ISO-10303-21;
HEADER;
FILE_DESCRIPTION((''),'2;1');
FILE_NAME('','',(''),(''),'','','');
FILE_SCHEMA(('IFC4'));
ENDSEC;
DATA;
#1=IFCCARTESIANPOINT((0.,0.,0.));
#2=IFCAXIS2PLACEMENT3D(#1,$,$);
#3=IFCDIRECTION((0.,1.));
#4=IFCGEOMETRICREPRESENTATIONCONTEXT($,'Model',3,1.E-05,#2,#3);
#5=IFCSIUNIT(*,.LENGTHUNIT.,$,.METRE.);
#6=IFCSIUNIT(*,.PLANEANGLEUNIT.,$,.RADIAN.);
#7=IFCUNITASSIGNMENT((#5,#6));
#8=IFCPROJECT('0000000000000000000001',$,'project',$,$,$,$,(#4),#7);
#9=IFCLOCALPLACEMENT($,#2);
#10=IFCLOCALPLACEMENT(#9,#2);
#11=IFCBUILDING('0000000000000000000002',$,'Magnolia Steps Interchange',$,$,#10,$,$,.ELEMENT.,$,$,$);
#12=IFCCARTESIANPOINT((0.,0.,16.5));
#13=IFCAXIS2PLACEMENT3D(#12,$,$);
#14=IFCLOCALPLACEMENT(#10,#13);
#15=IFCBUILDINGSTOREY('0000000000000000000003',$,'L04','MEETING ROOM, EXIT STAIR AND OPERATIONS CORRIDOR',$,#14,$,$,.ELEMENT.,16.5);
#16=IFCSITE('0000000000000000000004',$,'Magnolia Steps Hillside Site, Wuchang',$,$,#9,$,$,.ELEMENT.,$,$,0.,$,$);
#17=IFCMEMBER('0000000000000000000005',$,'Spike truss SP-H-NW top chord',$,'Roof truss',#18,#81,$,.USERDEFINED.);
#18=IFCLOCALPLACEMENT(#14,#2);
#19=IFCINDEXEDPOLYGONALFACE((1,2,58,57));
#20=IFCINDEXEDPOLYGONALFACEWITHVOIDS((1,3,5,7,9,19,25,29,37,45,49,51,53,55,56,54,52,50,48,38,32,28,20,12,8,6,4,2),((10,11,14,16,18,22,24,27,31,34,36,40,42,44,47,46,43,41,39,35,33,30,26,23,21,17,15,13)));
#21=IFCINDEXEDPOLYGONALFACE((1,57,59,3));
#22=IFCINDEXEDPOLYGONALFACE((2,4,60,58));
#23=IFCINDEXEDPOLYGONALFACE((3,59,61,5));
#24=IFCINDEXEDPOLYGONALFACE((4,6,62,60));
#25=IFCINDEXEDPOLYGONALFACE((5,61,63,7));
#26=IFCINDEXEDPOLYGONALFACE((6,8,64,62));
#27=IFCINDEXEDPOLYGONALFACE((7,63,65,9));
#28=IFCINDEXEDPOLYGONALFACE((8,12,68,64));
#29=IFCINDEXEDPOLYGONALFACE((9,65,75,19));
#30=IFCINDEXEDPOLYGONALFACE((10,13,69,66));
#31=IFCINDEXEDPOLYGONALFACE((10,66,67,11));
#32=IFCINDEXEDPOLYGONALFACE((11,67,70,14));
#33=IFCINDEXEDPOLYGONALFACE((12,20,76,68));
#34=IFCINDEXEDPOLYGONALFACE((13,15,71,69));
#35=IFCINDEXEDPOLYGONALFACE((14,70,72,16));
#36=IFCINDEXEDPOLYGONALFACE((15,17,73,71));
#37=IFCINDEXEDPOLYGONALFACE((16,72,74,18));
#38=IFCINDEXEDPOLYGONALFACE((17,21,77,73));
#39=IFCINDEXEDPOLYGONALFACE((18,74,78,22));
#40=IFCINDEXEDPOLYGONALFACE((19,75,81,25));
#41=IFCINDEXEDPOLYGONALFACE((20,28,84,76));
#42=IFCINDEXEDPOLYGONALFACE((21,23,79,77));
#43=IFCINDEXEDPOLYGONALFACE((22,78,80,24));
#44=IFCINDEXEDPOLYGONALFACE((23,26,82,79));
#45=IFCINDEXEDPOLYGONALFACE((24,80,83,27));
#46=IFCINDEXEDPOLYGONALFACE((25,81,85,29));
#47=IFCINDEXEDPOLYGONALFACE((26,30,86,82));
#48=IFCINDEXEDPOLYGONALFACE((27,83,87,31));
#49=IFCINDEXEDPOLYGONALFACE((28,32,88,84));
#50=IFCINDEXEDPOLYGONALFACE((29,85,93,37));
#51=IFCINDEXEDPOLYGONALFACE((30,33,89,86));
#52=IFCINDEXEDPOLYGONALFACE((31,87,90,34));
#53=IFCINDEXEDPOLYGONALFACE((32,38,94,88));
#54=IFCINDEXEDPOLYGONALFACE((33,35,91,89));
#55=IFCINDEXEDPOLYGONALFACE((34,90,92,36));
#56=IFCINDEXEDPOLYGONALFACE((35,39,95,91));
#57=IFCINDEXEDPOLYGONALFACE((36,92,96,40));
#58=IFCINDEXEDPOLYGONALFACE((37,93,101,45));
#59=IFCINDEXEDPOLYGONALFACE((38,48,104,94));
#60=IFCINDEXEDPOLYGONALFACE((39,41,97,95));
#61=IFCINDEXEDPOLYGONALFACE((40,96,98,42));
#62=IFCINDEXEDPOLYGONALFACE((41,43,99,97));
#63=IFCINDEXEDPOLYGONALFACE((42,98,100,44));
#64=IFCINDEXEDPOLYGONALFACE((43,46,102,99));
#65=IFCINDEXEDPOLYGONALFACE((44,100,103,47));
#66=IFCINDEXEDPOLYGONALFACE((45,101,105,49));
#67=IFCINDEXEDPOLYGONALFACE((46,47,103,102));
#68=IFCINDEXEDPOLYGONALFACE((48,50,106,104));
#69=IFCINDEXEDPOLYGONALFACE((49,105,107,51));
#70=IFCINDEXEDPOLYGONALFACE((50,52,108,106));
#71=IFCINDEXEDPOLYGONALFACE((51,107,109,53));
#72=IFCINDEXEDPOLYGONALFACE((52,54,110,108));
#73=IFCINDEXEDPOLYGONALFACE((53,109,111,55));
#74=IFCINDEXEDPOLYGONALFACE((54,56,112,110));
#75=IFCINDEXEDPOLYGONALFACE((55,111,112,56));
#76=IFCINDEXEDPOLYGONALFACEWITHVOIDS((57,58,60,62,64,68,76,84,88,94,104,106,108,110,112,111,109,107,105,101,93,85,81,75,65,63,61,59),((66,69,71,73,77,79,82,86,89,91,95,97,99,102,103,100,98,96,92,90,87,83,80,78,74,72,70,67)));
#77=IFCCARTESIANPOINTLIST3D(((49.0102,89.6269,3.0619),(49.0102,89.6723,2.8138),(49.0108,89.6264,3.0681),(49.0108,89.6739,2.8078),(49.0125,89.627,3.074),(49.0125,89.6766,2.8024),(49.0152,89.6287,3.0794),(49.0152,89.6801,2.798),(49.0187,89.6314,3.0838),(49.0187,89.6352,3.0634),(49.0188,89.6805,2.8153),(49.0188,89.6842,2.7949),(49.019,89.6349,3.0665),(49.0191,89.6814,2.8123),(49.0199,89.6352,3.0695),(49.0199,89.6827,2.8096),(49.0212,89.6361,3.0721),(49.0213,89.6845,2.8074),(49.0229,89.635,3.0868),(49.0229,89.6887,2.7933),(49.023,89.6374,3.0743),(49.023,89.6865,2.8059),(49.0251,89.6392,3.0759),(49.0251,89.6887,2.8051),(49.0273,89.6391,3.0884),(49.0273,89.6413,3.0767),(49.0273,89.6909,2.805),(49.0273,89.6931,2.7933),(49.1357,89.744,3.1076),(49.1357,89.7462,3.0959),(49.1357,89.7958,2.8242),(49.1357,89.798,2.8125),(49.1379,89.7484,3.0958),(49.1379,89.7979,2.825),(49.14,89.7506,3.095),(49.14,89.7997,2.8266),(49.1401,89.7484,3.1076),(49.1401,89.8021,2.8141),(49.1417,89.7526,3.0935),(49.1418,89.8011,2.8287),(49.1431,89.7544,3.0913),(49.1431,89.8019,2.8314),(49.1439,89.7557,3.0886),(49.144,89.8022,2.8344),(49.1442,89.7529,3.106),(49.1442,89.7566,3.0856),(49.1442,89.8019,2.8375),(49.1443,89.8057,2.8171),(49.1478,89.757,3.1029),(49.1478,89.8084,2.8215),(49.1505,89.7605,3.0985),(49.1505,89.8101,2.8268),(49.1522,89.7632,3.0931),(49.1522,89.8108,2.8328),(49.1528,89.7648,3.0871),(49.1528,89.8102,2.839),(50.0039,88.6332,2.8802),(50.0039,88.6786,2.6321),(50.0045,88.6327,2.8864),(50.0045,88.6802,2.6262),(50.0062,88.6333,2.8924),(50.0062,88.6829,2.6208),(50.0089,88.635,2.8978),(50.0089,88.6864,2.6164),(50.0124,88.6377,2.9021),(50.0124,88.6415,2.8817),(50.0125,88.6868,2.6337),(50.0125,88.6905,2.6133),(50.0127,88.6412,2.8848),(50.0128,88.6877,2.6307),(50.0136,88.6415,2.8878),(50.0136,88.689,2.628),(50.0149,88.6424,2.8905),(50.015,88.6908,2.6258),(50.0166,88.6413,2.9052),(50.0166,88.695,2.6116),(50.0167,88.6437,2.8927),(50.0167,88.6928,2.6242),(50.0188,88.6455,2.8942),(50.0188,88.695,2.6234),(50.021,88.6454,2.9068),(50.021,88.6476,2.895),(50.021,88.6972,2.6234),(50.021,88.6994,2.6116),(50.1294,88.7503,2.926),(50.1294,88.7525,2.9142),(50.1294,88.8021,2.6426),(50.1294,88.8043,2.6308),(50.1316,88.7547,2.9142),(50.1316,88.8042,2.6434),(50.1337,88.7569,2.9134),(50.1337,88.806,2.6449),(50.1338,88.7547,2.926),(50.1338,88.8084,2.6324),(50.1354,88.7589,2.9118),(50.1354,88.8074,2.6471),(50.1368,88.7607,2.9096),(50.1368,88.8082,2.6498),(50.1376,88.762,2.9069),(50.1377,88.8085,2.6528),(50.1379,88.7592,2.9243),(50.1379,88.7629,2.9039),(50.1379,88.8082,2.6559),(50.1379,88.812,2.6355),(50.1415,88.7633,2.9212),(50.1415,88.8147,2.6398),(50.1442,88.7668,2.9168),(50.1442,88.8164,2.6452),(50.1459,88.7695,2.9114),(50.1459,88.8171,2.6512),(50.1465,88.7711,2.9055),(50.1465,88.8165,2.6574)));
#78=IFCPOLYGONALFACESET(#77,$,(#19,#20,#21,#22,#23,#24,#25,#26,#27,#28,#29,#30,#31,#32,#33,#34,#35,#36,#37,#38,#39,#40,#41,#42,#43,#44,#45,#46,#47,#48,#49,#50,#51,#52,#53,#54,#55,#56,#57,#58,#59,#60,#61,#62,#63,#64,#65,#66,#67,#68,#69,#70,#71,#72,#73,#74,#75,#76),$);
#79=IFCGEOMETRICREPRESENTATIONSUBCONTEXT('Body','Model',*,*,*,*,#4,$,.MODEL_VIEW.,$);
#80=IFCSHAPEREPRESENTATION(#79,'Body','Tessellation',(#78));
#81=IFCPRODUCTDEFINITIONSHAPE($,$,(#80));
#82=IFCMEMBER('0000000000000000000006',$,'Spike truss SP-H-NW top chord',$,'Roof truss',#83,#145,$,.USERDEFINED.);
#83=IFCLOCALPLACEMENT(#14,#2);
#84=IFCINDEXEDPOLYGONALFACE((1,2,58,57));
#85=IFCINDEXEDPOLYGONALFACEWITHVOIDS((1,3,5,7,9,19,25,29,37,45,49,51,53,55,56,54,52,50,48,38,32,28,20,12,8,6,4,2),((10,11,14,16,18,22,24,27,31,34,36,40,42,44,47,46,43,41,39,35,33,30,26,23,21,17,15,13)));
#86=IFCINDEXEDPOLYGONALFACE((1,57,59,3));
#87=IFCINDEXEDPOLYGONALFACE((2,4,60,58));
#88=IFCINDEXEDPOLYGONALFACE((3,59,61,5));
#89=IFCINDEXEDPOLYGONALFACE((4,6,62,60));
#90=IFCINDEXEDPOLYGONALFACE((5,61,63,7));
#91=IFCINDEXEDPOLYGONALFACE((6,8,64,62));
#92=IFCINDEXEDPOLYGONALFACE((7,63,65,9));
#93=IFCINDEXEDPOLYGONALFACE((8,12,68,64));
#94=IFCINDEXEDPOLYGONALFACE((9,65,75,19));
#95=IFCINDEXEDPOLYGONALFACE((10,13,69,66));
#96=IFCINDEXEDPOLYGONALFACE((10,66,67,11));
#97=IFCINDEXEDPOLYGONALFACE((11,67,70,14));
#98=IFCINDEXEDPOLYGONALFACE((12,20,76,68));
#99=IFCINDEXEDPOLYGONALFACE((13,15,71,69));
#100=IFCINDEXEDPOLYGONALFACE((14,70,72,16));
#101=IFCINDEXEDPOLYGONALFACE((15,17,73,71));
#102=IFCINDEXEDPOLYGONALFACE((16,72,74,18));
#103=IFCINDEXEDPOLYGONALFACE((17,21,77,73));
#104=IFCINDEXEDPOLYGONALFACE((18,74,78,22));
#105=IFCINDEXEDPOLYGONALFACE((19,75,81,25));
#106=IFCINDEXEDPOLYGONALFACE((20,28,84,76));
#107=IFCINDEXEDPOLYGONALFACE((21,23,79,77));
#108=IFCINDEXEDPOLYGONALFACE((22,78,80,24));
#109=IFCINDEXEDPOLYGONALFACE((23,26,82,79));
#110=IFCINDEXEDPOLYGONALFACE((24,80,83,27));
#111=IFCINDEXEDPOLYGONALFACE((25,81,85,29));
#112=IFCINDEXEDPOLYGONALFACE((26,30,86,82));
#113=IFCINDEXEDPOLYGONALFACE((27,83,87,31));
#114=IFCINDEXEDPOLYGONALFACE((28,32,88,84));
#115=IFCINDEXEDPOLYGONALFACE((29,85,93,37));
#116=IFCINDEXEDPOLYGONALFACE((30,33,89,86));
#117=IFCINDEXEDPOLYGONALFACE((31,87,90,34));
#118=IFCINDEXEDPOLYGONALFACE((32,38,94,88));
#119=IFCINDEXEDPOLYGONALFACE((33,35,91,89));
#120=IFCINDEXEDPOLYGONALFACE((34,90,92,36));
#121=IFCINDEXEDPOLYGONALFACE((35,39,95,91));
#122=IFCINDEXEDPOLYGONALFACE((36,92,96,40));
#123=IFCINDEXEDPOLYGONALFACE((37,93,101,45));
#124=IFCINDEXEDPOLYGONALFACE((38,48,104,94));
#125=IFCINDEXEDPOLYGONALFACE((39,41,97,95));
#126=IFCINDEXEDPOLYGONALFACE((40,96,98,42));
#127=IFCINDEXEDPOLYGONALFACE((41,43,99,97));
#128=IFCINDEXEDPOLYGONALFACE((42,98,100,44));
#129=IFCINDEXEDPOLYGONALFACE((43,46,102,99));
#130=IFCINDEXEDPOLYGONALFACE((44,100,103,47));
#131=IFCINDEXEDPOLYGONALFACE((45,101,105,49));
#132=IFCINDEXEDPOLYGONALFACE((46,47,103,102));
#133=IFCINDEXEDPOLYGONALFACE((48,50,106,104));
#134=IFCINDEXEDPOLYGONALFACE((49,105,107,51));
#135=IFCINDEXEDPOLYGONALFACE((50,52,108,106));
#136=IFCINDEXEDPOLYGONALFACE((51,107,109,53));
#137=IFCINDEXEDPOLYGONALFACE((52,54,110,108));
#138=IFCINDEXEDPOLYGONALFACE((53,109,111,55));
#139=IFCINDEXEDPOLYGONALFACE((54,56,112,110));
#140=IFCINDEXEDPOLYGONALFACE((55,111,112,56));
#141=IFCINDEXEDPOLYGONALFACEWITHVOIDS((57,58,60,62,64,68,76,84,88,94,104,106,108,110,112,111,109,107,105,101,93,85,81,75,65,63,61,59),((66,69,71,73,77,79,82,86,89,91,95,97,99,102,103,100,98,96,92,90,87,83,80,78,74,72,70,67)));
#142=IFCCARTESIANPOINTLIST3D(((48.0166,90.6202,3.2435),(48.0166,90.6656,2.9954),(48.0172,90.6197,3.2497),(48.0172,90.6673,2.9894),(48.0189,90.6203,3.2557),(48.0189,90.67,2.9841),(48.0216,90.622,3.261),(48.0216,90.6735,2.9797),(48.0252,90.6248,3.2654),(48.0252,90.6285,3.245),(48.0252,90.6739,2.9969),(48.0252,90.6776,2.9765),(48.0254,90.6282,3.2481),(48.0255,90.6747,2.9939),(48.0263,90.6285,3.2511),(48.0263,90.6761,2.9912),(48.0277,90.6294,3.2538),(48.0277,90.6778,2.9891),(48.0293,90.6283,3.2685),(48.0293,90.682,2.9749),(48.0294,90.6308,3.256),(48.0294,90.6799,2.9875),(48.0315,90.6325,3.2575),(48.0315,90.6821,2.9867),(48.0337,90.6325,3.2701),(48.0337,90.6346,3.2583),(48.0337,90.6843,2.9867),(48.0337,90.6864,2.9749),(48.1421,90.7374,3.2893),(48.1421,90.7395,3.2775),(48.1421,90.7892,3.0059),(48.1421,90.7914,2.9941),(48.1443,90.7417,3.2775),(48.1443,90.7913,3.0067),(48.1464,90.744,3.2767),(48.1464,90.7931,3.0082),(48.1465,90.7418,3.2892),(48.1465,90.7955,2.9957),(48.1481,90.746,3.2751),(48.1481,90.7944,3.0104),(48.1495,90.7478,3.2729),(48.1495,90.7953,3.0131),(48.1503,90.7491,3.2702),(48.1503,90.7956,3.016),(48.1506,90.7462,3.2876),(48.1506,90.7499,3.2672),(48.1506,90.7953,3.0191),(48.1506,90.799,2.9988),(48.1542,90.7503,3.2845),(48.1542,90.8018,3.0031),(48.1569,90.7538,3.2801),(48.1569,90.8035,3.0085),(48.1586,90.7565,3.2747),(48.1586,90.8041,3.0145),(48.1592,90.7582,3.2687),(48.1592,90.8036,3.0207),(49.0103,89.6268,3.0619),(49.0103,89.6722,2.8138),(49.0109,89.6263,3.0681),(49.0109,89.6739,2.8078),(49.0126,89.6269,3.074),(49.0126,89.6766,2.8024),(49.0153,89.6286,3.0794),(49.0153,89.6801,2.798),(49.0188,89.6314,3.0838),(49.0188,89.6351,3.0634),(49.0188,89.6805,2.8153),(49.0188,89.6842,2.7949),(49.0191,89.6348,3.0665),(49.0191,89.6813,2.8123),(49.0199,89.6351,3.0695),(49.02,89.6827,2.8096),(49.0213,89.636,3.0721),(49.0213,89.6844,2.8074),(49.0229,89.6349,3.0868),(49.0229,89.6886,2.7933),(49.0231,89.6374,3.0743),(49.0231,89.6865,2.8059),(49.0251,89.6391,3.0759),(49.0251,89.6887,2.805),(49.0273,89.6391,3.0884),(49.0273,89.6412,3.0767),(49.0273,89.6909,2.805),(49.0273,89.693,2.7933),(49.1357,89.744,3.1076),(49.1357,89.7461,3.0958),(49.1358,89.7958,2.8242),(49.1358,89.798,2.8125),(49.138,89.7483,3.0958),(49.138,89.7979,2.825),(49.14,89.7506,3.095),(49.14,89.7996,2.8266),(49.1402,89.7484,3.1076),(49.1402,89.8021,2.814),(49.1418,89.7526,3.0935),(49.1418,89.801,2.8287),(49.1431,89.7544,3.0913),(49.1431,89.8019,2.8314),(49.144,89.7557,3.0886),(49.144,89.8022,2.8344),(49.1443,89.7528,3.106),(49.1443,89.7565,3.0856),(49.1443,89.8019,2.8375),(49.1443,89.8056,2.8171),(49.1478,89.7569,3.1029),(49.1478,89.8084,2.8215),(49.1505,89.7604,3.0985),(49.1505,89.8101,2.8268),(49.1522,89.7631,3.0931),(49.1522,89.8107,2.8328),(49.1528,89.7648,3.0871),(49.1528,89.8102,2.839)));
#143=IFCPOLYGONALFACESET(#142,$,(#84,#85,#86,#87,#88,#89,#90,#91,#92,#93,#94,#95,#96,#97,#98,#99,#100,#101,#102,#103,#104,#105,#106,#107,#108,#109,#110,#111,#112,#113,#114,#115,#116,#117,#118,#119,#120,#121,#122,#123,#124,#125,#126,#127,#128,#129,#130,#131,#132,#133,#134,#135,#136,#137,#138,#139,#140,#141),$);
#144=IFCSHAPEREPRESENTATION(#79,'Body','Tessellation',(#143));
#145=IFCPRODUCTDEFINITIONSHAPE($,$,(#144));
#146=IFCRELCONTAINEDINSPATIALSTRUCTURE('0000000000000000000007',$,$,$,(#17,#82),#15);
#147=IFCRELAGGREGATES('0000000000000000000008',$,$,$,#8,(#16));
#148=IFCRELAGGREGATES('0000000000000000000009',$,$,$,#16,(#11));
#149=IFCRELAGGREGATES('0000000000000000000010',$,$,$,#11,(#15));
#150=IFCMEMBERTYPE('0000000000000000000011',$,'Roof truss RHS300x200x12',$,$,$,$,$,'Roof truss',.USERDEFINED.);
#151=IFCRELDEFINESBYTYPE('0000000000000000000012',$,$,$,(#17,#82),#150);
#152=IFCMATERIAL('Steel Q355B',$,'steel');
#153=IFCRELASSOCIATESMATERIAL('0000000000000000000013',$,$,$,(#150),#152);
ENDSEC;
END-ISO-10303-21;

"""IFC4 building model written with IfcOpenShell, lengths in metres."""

from ifc_helpers import new_model, si_unit, direction, frame, origin, origin_2d, place, context, subcontext, project, spatial, hollow_rectangle, extrude, material, material_profile, profile_set, type_object, element, save


model = new_model("IFC4")

# Units and contexts
model_context = context("Model", 3, precision=1e-05, world=origin(), true_north=direction((0.0, 1.0)))
body_context = subcontext(model_context, "Body", "Model", "MODEL_VIEW")
ifc_project = project(units=[si_unit("LENGTHUNIT", "METRE"), si_unit("PLANEANGLEUNIT", "RADIAN")], contexts=[model_context])

# Site, building, storey
site_placement = place(None, origin())
site = spatial("IfcSite", under=ifc_project, at=site_placement, Name="Magnolia Steps Hillside Site, Wuchang", CompositionType="ELEMENT", RefElevation=0.0)
building_placement = place(site_placement, origin())
building = spatial("IfcBuilding", under=site, at=building_placement, Name="Magnolia Steps Interchange", CompositionType="ELEMENT")
storey_placement = place(building_placement, frame((0.0, 0.0, 16.5)))
storey = spatial("IfcBuildingStorey", under=building, at=storey_placement, Name="L04", Description="MEETING ROOM, EXIT STAIR AND OPERATIONS CORRIDOR", CompositionType="ELEMENT", Elevation=16.5)

# Members
ifc_material_1 = material(Name="Steel Q355B", Category="steel")
ifc_material_profile_1 = material_profile(ifc_material_1, hollow_rectangle(XDim=0.2, YDim=0.3, WallThickness=0.012, InnerFilletRadius=0.012, OuterFilletRadius=0.0239, at=origin_2d()), Name="RHS300x200x12")
ifc_profile_set_1 = profile_set([ifc_material_profile_1], Name="Steel Q355B")
member_type_1 = type_object("IfcMemberType", Name="Roof truss RHS300x200x12", ElementType="Roof truss", PredefinedType="USERDEFINED", material=ifc_profile_set_1)
member_1_placement = place(storey_placement, frame((50.0752, 88.7249, 2.7688), z_axis=(-0.701273, 0.701273, 0.128193), x_axis=(-0.712893, -0.689826, -0.126188)))
element("IfcMember", 1, at=member_1_placement, inside=storey, type_object=member_type_1, Name="Spike truss SP-H-NW top chord", ObjectType="Roof truss", PredefinedType="USERDEFINED", context=body_context, shape_type="SweptSolid", body=[
    extrude(hollow_rectangle(XDim=0.2, YDim=0.3, WallThickness=0.012, InnerFilletRadius=0.012, OuterFilletRadius=0.0239, at=origin_2d()), origin(), (0.0, 0.0, 1.0), 1.417),
])
for number, where, z_axis, x_axis, name in (
    (2, (49.0815, 89.7185, 2.9504), (-0.701357, 0.701185, 0.128209), (-0.71281, -0.689912, -0.126188), "Spike truss SP-H-NW top chord"),
):
    element("IfcMember", number, at=place(storey_placement, frame(where, z_axis=z_axis, x_axis=x_axis)), inside=storey, type_object=member_type_1, Name=name, ObjectType="Roof truss", PredefinedType="USERDEFINED", context=body_context, shape_type="SweptSolid", body=[
        extrude(hollow_rectangle(XDim=0.2, YDim=0.3, WallThickness=0.012, InnerFilletRadius=0.012, OuterFilletRadius=0.0239, at=origin_2d()), origin(), (0.0, 0.0, 1.0), 1.4167),
    ])

save(model, "model.ifc")
